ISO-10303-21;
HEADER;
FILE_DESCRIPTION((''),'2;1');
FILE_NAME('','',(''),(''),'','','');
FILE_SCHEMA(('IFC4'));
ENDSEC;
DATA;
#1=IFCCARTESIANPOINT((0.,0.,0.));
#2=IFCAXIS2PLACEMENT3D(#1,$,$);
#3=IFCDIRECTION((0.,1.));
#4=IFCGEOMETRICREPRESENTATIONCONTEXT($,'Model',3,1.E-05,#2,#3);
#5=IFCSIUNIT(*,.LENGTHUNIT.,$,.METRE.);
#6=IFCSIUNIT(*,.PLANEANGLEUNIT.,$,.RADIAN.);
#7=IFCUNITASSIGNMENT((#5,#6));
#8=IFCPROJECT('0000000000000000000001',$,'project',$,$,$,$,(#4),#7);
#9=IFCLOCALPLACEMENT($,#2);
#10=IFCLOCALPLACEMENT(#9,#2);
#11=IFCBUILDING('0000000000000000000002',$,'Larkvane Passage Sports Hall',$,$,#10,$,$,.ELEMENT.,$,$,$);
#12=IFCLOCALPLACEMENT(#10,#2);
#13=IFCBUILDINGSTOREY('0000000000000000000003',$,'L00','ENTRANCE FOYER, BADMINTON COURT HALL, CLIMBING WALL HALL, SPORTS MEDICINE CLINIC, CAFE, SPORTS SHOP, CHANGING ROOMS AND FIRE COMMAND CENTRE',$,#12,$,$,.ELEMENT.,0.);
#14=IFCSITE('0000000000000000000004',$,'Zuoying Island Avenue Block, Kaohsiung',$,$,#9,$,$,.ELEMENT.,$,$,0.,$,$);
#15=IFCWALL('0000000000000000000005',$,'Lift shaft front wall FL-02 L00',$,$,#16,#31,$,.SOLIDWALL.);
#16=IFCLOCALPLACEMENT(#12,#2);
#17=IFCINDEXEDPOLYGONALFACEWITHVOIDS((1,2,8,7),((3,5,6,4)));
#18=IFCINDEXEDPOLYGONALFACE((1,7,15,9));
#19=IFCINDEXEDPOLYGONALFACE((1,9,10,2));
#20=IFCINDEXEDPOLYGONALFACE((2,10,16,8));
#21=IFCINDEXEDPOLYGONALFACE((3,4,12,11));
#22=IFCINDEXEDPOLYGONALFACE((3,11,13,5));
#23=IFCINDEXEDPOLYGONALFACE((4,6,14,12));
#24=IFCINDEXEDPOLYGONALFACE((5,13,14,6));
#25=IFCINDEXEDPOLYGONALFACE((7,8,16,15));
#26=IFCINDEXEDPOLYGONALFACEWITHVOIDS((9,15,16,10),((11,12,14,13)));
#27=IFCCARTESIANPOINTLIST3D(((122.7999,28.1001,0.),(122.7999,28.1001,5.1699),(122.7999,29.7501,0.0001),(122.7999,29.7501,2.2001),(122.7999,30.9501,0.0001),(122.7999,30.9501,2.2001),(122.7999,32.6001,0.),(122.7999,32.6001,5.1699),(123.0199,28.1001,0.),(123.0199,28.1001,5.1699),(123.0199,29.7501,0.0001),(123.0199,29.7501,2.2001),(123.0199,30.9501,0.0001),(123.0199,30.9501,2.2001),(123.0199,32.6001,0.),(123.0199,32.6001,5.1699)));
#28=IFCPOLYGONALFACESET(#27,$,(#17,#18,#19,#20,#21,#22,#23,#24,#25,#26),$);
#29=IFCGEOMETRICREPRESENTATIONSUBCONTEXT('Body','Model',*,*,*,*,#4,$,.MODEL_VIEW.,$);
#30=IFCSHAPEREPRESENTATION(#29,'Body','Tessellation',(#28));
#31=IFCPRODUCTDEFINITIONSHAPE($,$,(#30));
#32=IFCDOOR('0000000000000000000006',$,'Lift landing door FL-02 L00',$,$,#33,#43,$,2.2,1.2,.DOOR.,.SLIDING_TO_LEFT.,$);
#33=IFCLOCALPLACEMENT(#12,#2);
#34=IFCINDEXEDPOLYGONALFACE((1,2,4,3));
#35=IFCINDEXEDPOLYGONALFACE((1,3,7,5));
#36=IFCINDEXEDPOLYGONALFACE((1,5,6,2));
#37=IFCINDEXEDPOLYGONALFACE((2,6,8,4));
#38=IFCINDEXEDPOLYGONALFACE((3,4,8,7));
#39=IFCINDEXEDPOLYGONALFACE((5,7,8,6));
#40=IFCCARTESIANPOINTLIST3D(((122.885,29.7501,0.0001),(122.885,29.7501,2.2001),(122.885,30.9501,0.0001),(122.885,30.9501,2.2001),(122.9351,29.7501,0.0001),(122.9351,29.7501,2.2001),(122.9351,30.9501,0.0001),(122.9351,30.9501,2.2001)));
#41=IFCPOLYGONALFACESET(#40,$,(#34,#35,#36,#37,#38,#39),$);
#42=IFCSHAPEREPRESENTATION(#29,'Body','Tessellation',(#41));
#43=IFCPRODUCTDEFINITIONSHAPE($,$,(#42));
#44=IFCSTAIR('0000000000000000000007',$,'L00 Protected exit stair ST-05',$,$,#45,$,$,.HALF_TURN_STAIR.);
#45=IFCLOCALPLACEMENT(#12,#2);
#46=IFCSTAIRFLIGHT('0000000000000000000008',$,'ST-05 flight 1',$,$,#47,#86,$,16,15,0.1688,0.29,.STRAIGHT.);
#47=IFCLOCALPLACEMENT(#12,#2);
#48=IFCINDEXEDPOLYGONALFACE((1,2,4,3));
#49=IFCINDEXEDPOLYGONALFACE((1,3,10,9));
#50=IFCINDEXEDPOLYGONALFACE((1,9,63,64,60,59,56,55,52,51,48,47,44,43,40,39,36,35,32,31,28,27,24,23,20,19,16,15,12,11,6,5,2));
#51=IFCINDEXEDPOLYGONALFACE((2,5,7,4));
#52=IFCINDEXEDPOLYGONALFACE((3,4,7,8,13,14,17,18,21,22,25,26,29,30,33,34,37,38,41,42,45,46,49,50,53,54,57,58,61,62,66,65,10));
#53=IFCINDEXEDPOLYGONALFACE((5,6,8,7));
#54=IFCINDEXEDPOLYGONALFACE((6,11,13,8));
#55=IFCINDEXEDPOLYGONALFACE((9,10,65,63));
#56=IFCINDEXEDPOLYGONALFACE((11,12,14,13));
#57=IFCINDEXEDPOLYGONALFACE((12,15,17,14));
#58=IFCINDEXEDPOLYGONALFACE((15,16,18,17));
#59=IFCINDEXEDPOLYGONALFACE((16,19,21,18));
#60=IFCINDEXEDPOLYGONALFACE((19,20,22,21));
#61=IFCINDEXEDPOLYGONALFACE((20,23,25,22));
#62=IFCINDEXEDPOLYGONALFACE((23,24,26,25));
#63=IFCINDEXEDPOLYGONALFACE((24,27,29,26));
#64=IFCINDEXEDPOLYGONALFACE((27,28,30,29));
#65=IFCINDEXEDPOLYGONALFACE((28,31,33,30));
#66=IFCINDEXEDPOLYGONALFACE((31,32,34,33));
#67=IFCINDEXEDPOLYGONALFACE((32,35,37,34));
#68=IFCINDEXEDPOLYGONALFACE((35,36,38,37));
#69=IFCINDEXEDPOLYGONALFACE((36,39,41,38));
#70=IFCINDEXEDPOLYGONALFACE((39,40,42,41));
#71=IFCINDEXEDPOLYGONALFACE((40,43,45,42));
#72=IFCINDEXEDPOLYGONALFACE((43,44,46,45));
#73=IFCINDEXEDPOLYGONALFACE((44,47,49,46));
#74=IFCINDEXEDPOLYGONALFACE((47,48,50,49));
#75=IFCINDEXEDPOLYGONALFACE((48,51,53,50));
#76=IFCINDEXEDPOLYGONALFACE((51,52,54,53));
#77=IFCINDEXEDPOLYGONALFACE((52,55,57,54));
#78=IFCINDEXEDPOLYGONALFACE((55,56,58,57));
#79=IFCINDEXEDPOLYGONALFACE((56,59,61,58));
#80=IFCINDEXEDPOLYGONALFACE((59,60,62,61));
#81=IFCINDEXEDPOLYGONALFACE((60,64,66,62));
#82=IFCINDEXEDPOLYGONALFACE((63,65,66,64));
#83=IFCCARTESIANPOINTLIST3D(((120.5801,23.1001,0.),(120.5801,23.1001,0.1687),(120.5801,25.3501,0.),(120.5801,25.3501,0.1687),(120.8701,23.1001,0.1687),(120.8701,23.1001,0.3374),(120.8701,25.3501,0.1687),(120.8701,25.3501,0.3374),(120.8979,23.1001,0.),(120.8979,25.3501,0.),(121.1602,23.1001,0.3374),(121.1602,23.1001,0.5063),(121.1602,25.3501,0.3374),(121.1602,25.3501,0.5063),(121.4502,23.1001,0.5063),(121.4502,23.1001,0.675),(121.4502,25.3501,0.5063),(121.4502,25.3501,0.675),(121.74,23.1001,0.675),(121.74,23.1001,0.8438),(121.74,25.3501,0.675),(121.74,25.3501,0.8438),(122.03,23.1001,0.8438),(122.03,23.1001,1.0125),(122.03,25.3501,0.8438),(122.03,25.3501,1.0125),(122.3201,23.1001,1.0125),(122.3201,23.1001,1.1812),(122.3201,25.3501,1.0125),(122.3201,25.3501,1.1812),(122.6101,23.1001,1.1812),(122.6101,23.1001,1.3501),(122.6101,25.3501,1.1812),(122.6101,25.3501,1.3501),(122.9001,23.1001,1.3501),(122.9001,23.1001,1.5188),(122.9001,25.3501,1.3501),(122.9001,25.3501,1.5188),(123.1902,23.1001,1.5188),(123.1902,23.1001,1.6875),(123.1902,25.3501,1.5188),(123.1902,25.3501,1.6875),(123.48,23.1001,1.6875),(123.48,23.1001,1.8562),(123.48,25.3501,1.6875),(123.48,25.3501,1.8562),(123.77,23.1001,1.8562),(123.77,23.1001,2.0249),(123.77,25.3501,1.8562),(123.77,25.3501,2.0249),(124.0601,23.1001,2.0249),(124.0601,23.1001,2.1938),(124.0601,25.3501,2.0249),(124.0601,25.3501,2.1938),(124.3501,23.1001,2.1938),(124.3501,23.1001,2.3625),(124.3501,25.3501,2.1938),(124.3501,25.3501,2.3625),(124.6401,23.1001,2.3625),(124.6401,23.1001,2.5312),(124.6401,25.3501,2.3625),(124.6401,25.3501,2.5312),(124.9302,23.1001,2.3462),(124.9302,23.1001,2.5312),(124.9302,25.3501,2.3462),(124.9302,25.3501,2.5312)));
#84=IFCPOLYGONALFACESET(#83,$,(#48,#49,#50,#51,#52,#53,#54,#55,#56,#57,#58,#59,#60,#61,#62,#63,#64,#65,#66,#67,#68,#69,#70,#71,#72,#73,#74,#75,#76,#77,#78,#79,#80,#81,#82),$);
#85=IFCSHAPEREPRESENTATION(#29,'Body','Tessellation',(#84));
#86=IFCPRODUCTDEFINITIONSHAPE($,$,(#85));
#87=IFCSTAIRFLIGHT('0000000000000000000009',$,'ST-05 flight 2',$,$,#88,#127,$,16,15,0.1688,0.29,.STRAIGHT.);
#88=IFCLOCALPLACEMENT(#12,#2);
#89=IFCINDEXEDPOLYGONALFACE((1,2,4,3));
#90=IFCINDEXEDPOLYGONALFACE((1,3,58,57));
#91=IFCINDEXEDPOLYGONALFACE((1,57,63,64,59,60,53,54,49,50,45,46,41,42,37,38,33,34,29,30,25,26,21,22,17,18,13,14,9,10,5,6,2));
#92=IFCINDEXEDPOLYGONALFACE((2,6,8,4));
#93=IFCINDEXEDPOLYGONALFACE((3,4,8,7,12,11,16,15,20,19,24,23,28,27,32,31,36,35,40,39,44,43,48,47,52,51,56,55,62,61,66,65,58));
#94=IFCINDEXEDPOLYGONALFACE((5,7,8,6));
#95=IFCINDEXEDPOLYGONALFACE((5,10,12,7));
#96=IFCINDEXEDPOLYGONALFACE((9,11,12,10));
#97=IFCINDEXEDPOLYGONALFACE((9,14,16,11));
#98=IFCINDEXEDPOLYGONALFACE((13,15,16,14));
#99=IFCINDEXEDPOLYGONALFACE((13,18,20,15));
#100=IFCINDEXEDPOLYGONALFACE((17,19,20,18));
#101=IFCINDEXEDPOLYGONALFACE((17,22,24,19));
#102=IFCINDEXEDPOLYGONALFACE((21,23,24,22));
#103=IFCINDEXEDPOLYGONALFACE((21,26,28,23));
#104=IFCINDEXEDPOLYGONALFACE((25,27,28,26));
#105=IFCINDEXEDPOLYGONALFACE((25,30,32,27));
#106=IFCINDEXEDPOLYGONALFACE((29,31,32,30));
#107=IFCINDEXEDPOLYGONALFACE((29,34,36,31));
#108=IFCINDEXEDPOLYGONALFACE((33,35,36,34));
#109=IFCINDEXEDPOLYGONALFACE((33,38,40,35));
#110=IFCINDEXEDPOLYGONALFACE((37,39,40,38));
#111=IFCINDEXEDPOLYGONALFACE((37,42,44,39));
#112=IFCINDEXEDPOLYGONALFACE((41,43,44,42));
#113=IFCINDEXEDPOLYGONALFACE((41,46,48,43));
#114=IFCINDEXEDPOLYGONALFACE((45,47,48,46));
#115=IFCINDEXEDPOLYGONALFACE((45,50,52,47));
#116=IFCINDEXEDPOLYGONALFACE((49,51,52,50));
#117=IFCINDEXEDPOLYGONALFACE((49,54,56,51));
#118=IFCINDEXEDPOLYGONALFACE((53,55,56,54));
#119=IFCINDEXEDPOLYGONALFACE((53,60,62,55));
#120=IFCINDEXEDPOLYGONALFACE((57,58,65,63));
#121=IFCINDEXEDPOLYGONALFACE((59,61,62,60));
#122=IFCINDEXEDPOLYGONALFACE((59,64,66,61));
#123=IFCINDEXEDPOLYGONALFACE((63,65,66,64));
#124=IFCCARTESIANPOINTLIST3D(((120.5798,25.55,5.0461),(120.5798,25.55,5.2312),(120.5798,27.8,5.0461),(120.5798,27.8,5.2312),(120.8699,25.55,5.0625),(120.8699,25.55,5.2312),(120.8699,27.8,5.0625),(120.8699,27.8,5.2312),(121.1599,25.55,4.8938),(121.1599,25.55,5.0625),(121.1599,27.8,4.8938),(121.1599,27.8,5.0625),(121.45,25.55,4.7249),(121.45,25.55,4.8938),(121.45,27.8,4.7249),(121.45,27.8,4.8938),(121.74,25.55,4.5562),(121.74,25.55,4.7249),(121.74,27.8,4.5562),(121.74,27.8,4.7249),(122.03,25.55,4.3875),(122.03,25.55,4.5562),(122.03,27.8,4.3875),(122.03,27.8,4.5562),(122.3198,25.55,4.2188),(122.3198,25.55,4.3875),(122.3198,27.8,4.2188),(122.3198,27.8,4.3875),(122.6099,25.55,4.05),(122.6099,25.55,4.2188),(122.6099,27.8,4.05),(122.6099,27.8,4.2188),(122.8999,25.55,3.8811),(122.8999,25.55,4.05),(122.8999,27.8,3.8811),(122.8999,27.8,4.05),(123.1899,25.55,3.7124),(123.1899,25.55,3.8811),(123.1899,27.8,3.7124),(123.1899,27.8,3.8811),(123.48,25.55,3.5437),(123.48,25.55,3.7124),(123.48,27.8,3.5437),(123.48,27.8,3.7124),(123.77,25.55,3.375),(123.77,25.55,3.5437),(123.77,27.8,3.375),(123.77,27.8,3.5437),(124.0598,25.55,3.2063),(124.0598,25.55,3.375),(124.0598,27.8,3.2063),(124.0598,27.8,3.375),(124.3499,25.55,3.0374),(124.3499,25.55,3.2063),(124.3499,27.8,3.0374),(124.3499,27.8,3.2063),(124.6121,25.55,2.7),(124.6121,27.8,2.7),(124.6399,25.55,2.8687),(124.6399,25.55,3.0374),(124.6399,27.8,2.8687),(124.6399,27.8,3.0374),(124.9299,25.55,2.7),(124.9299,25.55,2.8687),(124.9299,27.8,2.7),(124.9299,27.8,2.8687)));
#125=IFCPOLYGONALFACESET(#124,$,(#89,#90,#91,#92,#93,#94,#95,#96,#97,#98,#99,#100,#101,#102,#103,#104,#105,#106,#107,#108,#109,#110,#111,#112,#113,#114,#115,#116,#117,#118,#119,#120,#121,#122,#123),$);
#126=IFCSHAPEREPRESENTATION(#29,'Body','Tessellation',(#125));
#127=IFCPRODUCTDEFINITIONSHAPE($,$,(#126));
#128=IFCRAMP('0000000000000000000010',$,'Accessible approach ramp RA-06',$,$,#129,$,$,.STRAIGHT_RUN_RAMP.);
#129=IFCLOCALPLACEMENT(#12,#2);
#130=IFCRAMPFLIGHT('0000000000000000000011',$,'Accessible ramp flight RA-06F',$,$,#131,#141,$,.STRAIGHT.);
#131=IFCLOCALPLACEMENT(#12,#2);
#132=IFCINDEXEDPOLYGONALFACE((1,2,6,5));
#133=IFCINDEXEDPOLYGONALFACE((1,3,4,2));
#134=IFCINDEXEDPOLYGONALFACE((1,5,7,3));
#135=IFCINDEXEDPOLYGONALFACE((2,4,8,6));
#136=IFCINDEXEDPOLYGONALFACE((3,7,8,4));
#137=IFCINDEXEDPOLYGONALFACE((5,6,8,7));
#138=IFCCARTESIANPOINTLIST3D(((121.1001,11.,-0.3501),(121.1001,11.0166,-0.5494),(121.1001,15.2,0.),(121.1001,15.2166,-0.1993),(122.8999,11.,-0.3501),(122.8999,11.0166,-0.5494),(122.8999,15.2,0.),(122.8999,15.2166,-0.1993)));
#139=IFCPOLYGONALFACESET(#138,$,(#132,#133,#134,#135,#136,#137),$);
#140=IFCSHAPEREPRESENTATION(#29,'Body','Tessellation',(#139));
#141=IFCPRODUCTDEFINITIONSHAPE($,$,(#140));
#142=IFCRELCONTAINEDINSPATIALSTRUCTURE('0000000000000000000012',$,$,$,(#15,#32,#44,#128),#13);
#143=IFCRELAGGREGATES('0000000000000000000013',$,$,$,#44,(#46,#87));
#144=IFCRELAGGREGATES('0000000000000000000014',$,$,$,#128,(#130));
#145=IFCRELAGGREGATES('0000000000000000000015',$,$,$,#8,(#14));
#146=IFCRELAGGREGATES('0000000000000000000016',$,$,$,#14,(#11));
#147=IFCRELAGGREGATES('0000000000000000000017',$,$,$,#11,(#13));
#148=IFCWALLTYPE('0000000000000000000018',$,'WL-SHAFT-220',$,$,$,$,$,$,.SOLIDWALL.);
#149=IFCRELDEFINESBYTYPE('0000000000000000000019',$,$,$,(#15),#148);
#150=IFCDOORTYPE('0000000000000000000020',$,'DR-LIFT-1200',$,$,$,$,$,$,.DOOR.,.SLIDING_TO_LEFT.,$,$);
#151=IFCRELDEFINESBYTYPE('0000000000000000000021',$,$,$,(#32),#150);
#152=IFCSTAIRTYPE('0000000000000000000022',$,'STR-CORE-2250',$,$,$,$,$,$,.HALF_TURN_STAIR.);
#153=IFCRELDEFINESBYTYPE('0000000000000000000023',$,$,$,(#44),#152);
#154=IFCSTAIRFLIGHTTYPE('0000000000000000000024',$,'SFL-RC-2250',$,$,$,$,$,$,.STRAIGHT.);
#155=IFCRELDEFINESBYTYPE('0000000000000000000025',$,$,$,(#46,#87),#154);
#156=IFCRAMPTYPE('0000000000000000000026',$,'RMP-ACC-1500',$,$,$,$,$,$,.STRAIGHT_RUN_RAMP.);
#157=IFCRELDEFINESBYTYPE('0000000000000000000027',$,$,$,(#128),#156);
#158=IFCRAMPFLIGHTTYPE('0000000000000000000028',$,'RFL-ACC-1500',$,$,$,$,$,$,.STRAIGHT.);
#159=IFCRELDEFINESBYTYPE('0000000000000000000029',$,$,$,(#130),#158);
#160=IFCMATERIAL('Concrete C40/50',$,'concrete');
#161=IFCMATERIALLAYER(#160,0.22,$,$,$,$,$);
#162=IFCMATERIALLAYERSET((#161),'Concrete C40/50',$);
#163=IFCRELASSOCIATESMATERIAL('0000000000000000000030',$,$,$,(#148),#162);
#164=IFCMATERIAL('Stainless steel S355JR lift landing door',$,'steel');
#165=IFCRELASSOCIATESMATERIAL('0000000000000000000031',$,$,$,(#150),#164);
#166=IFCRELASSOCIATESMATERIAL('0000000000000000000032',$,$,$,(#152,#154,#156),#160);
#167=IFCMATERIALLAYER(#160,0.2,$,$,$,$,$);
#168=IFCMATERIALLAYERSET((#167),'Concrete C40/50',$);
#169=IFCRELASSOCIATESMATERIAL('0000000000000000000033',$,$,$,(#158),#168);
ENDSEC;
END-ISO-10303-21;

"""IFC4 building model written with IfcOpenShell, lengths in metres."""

from ifc_helpers import new_model, si_unit, direction, frame, frame_2d, origin, place, context, subcontext, project, spatial, polyline, rectangle, outline, extrude, material, layer, layer_set, type_object, element, fill, aggregate, save


model = new_model("IFC4")

# Units and contexts
model_context = context("Model", 3, precision=1e-05, world=origin(), true_north=direction((0.0, 1.0)))
body_context = subcontext(model_context, "Body", "Model", "MODEL_VIEW")
ifc_project = project(units=[si_unit("LENGTHUNIT", "METRE"), si_unit("PLANEANGLEUNIT", "RADIAN")], contexts=[model_context])

# Site, building, storey
site_placement = place(None, origin())
site = spatial("IfcSite", under=ifc_project, at=site_placement, Name="Zuoying Island Avenue Block, Kaohsiung", CompositionType="ELEMENT", RefElevation=0.0)
building_placement = place(site_placement, origin())
building = spatial("IfcBuilding", under=site, at=building_placement, Name="Larkvane Passage Sports Hall", CompositionType="ELEMENT")
storey_placement = place(building_placement, origin())
storey = spatial("IfcBuildingStorey", under=building, at=storey_placement, Name="L00", Description="ENTRANCE FOYER, BADMINTON COURT HALL, CLIMBING WALL HALL, SPORTS MEDICINE CLINIC, CAFE, SPORTS SHOP, CHANGING ROOMS AND FIRE COMMAND CENTRE", CompositionType="ELEMENT", Elevation=0.0)

# Wall, opening, door
ifc_material_1 = material(Name="Concrete C40/50", Category="concrete")
ifc_layer_1 = layer(ifc_material_1, 0.22)
ifc_layer_set_1 = layer_set([ifc_layer_1], Name="Concrete C40/50")
wall_type_1 = type_object("IfcWallType", Name="WL-SHAFT-220", PredefinedType="SOLIDWALL", material=ifc_layer_set_1)
wall_1_placement = place(storey_placement, frame((122.9099, 28.1001, 0.0), z_axis=(0.0, 0.0, 1.0), x_axis=(0.0, 1.0, 0.0)))
wall_1 = element("IfcWall", 1, at=wall_1_placement, inside=storey, type_object=wall_type_1, Name="Lift shaft front wall FL-02 L00", PredefinedType="SOLIDWALL", context=body_context, shape_type="SweptSolid", body=[
    extrude(rectangle(XDim=4.5, YDim=0.22, at=frame_2d((2.25, 0.0))), origin(), (0.0, 0.0, 1.0), 5.1699),
])
opening_1_placement = place(wall_1_placement, frame((1.6499, 0.0, 0.0)))
opening_1 = element("IfcOpeningElement", 2, at=opening_1_placement, cuts=wall_1, PredefinedType="OPENING", context=body_context, shape_type="SweptSolid", body=[
    extrude(rectangle(XDim=1.2, YDim=2.2, at=frame_2d((0.6001, 1.1001))), frame((0.0, 0.1199, 0.0), z_axis=(0.0, -1.0, 0.0), x_axis=(1.0, 0.0, 0.0)), (0.0, 0.0, 1.0), 0.24),
])
ifc_material_2 = material(Name="Stainless steel S355JR lift landing door", Category="steel")
door_type_1 = type_object("IfcDoorType", Name="DR-LIFT-1200", OperationType="SLIDING_TO_LEFT", PredefinedType="DOOR", material=ifc_material_2)
door_1_placement = place(opening_1_placement, origin())
door_1 = element("IfcDoor", 3, at=door_1_placement, inside=storey, type_object=door_type_1, Name="Lift landing door FL-02 L00", OperationType="SLIDING_TO_LEFT", OverallHeight=2.2, OverallWidth=1.2, PredefinedType="DOOR", context=body_context, shape_type="SweptSolid", body=[
    extrude(rectangle(XDim=1.2, YDim=2.2, at=frame_2d((0.6001, 1.1001))), frame((0.0, 0.0249, 0.0), z_axis=(0.0, -1.0, 0.0), x_axis=(1.0, 0.0, 0.0)), (0.0, 0.0, 1.0), 0.05),
])
fill(opening_1, door_1)

# Stair, stair flights
stair_type = type_object("IfcStairType", Name="STR-CORE-2250", PredefinedType="HALF_TURN_STAIR", material=ifc_material_1)
stair_placement = place(storey_placement, origin())
stair = element("IfcStair", 4, at=stair_placement, inside=storey, type_object=stair_type, Name="L00 Protected exit stair ST-05", PredefinedType="HALF_TURN_STAIR")
stair_flight_type = type_object("IfcStairFlightType", Name="SFL-RC-2250", PredefinedType="STRAIGHT", material=ifc_material_1)
stair_flight_1_placement = place(storey_placement, frame((120.5801, 24.2251, 0.0), z_axis=(0.0, 0.0, 1.0), x_axis=(1.0, 0.0, 0.0)))
stair_flight_1 = element("IfcStairFlight", 5, at=stair_flight_1_placement, type_object=stair_flight_type, Name="ST-05 flight 1", NumberOfRisers=16, NumberOfTreads=15, PredefinedType="STRAIGHT", RiserHeight=0.1688, TreadLength=0.29, context=body_context, shape_type="SweptSolid", body=[
    extrude(outline(polyline([(0.0, 0.0), (0.0, 0.1687), (0.29, 0.1687), (0.29, 0.3374), (0.5801, 0.3374), (0.5801, 0.5063), (0.8701, 0.5063), (0.8701, 0.675), (1.1599, 0.675), (1.1599, 0.8438), (1.45, 0.8438), (1.45, 1.0125), (1.74, 1.0125), (1.74, 1.1812), (2.03, 1.1812), (2.03, 1.3501), (2.3201, 1.3501), (2.3201, 1.5188), (2.6101, 1.5188), (2.6101, 1.6875), (2.8999, 1.6875), (2.8999, 1.8562), (3.1899, 1.8562), (3.1899, 2.0249), (3.48, 2.0249), (3.48, 2.1938), (3.77, 2.1938), (3.77, 2.3625), (4.0601, 2.3625), (4.0601, 2.5312), (4.3501, 2.5312), (4.3501, 2.7), (4.3501, 2.3462), (0.3179, 0.0), (0.0, 0.0)])), frame((0.0, 1.125, 0.0), z_axis=(0.0, -1.0, 0.0), x_axis=(1.0, 0.0, 0.0)), (0.0, 0.0, 1.0), 2.25),
])
stair_flight_2_placement = place(storey_placement, frame((124.9299, 26.675, 2.7), z_axis=(0.0, 0.0, 1.0), x_axis=(-1.0, 0.0, 0.0)))
stair_flight_2 = element("IfcStairFlight", 6, at=stair_flight_2_placement, type_object=stair_flight_type, Name="ST-05 flight 2", NumberOfRisers=16, NumberOfTreads=15, PredefinedType="STRAIGHT", RiserHeight=0.1688, TreadLength=0.29, context=body_context, shape_type="SweptSolid", body=[
    extrude(outline(polyline([(0.0, 0.0), (0.0, 0.1687), (0.29, 0.1687), (0.29, 0.3374), (0.5801, 0.3374), (0.5801, 0.5063), (0.8701, 0.5063), (0.8701, 0.675), (1.1599, 0.675), (1.1599, 0.8438), (1.45, 0.8438), (1.45, 1.0125), (1.74, 1.0125), (1.74, 1.1812), (2.03, 1.1812), (2.03, 1.3501), (2.3201, 1.3501), (2.3201, 1.5188), (2.6101, 1.5188), (2.6101, 1.6875), (2.8999, 1.6875), (2.8999, 1.8562), (3.1899, 1.8562), (3.1899, 2.0249), (3.48, 2.0249), (3.48, 2.1938), (3.77, 2.1938), (3.77, 2.3625), (4.0601, 2.3625), (4.0601, 2.5312), (4.3501, 2.5312), (4.3501, 2.7), (4.3501, 2.3462), (0.3179, 0.0), (0.0, 0.0)])), frame((0.0, 1.125, 0.0), z_axis=(0.0, -1.0, 0.0), x_axis=(1.0, 0.0, 0.0)), (0.0, 0.0, 1.0), 2.25),
])
aggregate(stair, [stair_flight_1, stair_flight_2])

# Ramp, ramp flight
ramp_type = type_object("IfcRampType", Name="RMP-ACC-1500", PredefinedType="STRAIGHT_RUN_RAMP", material=ifc_material_1)
ramp_placement = place(storey_placement, origin())
ramp = element("IfcRamp", 7, at=ramp_placement, inside=storey, type_object=ramp_type, Name="Accessible approach ramp RA-06", PredefinedType="STRAIGHT_RUN_RAMP")
ifc_layer_2 = layer(ifc_material_1, 0.2)
ifc_layer_set_2 = layer_set([ifc_layer_2], Name="Concrete C40/50")
ramp_flight_type = type_object("IfcRampFlightType", Name="RFL-ACC-1500", PredefinedType="STRAIGHT", material=ifc_layer_set_2)
ramp_flight_placement = place(storey_placement, frame((121.1001, 11.0, -0.3501), z_axis=(0.0, -0.083069, 0.996544), x_axis=(0.0, 0.996544, 0.083069)))
ramp_flight = element("IfcRampFlight", 8, at=ramp_flight_placement, type_object=ramp_flight_type, Name="Accessible ramp flight RA-06F", PredefinedType="STRAIGHT", context=body_context, shape_type="SweptSolid", body=[
    extrude(outline(polyline([(0.0, 0.0), (4.2145, 0.0), (4.2145, -1.7998), (0.0, -1.7998), (0.0, 0.0)])), origin(), (0.0, 0.0, -1.0), 0.2),
])
aggregate(ramp, [ramp_flight])

save(model, "model.ifc")
